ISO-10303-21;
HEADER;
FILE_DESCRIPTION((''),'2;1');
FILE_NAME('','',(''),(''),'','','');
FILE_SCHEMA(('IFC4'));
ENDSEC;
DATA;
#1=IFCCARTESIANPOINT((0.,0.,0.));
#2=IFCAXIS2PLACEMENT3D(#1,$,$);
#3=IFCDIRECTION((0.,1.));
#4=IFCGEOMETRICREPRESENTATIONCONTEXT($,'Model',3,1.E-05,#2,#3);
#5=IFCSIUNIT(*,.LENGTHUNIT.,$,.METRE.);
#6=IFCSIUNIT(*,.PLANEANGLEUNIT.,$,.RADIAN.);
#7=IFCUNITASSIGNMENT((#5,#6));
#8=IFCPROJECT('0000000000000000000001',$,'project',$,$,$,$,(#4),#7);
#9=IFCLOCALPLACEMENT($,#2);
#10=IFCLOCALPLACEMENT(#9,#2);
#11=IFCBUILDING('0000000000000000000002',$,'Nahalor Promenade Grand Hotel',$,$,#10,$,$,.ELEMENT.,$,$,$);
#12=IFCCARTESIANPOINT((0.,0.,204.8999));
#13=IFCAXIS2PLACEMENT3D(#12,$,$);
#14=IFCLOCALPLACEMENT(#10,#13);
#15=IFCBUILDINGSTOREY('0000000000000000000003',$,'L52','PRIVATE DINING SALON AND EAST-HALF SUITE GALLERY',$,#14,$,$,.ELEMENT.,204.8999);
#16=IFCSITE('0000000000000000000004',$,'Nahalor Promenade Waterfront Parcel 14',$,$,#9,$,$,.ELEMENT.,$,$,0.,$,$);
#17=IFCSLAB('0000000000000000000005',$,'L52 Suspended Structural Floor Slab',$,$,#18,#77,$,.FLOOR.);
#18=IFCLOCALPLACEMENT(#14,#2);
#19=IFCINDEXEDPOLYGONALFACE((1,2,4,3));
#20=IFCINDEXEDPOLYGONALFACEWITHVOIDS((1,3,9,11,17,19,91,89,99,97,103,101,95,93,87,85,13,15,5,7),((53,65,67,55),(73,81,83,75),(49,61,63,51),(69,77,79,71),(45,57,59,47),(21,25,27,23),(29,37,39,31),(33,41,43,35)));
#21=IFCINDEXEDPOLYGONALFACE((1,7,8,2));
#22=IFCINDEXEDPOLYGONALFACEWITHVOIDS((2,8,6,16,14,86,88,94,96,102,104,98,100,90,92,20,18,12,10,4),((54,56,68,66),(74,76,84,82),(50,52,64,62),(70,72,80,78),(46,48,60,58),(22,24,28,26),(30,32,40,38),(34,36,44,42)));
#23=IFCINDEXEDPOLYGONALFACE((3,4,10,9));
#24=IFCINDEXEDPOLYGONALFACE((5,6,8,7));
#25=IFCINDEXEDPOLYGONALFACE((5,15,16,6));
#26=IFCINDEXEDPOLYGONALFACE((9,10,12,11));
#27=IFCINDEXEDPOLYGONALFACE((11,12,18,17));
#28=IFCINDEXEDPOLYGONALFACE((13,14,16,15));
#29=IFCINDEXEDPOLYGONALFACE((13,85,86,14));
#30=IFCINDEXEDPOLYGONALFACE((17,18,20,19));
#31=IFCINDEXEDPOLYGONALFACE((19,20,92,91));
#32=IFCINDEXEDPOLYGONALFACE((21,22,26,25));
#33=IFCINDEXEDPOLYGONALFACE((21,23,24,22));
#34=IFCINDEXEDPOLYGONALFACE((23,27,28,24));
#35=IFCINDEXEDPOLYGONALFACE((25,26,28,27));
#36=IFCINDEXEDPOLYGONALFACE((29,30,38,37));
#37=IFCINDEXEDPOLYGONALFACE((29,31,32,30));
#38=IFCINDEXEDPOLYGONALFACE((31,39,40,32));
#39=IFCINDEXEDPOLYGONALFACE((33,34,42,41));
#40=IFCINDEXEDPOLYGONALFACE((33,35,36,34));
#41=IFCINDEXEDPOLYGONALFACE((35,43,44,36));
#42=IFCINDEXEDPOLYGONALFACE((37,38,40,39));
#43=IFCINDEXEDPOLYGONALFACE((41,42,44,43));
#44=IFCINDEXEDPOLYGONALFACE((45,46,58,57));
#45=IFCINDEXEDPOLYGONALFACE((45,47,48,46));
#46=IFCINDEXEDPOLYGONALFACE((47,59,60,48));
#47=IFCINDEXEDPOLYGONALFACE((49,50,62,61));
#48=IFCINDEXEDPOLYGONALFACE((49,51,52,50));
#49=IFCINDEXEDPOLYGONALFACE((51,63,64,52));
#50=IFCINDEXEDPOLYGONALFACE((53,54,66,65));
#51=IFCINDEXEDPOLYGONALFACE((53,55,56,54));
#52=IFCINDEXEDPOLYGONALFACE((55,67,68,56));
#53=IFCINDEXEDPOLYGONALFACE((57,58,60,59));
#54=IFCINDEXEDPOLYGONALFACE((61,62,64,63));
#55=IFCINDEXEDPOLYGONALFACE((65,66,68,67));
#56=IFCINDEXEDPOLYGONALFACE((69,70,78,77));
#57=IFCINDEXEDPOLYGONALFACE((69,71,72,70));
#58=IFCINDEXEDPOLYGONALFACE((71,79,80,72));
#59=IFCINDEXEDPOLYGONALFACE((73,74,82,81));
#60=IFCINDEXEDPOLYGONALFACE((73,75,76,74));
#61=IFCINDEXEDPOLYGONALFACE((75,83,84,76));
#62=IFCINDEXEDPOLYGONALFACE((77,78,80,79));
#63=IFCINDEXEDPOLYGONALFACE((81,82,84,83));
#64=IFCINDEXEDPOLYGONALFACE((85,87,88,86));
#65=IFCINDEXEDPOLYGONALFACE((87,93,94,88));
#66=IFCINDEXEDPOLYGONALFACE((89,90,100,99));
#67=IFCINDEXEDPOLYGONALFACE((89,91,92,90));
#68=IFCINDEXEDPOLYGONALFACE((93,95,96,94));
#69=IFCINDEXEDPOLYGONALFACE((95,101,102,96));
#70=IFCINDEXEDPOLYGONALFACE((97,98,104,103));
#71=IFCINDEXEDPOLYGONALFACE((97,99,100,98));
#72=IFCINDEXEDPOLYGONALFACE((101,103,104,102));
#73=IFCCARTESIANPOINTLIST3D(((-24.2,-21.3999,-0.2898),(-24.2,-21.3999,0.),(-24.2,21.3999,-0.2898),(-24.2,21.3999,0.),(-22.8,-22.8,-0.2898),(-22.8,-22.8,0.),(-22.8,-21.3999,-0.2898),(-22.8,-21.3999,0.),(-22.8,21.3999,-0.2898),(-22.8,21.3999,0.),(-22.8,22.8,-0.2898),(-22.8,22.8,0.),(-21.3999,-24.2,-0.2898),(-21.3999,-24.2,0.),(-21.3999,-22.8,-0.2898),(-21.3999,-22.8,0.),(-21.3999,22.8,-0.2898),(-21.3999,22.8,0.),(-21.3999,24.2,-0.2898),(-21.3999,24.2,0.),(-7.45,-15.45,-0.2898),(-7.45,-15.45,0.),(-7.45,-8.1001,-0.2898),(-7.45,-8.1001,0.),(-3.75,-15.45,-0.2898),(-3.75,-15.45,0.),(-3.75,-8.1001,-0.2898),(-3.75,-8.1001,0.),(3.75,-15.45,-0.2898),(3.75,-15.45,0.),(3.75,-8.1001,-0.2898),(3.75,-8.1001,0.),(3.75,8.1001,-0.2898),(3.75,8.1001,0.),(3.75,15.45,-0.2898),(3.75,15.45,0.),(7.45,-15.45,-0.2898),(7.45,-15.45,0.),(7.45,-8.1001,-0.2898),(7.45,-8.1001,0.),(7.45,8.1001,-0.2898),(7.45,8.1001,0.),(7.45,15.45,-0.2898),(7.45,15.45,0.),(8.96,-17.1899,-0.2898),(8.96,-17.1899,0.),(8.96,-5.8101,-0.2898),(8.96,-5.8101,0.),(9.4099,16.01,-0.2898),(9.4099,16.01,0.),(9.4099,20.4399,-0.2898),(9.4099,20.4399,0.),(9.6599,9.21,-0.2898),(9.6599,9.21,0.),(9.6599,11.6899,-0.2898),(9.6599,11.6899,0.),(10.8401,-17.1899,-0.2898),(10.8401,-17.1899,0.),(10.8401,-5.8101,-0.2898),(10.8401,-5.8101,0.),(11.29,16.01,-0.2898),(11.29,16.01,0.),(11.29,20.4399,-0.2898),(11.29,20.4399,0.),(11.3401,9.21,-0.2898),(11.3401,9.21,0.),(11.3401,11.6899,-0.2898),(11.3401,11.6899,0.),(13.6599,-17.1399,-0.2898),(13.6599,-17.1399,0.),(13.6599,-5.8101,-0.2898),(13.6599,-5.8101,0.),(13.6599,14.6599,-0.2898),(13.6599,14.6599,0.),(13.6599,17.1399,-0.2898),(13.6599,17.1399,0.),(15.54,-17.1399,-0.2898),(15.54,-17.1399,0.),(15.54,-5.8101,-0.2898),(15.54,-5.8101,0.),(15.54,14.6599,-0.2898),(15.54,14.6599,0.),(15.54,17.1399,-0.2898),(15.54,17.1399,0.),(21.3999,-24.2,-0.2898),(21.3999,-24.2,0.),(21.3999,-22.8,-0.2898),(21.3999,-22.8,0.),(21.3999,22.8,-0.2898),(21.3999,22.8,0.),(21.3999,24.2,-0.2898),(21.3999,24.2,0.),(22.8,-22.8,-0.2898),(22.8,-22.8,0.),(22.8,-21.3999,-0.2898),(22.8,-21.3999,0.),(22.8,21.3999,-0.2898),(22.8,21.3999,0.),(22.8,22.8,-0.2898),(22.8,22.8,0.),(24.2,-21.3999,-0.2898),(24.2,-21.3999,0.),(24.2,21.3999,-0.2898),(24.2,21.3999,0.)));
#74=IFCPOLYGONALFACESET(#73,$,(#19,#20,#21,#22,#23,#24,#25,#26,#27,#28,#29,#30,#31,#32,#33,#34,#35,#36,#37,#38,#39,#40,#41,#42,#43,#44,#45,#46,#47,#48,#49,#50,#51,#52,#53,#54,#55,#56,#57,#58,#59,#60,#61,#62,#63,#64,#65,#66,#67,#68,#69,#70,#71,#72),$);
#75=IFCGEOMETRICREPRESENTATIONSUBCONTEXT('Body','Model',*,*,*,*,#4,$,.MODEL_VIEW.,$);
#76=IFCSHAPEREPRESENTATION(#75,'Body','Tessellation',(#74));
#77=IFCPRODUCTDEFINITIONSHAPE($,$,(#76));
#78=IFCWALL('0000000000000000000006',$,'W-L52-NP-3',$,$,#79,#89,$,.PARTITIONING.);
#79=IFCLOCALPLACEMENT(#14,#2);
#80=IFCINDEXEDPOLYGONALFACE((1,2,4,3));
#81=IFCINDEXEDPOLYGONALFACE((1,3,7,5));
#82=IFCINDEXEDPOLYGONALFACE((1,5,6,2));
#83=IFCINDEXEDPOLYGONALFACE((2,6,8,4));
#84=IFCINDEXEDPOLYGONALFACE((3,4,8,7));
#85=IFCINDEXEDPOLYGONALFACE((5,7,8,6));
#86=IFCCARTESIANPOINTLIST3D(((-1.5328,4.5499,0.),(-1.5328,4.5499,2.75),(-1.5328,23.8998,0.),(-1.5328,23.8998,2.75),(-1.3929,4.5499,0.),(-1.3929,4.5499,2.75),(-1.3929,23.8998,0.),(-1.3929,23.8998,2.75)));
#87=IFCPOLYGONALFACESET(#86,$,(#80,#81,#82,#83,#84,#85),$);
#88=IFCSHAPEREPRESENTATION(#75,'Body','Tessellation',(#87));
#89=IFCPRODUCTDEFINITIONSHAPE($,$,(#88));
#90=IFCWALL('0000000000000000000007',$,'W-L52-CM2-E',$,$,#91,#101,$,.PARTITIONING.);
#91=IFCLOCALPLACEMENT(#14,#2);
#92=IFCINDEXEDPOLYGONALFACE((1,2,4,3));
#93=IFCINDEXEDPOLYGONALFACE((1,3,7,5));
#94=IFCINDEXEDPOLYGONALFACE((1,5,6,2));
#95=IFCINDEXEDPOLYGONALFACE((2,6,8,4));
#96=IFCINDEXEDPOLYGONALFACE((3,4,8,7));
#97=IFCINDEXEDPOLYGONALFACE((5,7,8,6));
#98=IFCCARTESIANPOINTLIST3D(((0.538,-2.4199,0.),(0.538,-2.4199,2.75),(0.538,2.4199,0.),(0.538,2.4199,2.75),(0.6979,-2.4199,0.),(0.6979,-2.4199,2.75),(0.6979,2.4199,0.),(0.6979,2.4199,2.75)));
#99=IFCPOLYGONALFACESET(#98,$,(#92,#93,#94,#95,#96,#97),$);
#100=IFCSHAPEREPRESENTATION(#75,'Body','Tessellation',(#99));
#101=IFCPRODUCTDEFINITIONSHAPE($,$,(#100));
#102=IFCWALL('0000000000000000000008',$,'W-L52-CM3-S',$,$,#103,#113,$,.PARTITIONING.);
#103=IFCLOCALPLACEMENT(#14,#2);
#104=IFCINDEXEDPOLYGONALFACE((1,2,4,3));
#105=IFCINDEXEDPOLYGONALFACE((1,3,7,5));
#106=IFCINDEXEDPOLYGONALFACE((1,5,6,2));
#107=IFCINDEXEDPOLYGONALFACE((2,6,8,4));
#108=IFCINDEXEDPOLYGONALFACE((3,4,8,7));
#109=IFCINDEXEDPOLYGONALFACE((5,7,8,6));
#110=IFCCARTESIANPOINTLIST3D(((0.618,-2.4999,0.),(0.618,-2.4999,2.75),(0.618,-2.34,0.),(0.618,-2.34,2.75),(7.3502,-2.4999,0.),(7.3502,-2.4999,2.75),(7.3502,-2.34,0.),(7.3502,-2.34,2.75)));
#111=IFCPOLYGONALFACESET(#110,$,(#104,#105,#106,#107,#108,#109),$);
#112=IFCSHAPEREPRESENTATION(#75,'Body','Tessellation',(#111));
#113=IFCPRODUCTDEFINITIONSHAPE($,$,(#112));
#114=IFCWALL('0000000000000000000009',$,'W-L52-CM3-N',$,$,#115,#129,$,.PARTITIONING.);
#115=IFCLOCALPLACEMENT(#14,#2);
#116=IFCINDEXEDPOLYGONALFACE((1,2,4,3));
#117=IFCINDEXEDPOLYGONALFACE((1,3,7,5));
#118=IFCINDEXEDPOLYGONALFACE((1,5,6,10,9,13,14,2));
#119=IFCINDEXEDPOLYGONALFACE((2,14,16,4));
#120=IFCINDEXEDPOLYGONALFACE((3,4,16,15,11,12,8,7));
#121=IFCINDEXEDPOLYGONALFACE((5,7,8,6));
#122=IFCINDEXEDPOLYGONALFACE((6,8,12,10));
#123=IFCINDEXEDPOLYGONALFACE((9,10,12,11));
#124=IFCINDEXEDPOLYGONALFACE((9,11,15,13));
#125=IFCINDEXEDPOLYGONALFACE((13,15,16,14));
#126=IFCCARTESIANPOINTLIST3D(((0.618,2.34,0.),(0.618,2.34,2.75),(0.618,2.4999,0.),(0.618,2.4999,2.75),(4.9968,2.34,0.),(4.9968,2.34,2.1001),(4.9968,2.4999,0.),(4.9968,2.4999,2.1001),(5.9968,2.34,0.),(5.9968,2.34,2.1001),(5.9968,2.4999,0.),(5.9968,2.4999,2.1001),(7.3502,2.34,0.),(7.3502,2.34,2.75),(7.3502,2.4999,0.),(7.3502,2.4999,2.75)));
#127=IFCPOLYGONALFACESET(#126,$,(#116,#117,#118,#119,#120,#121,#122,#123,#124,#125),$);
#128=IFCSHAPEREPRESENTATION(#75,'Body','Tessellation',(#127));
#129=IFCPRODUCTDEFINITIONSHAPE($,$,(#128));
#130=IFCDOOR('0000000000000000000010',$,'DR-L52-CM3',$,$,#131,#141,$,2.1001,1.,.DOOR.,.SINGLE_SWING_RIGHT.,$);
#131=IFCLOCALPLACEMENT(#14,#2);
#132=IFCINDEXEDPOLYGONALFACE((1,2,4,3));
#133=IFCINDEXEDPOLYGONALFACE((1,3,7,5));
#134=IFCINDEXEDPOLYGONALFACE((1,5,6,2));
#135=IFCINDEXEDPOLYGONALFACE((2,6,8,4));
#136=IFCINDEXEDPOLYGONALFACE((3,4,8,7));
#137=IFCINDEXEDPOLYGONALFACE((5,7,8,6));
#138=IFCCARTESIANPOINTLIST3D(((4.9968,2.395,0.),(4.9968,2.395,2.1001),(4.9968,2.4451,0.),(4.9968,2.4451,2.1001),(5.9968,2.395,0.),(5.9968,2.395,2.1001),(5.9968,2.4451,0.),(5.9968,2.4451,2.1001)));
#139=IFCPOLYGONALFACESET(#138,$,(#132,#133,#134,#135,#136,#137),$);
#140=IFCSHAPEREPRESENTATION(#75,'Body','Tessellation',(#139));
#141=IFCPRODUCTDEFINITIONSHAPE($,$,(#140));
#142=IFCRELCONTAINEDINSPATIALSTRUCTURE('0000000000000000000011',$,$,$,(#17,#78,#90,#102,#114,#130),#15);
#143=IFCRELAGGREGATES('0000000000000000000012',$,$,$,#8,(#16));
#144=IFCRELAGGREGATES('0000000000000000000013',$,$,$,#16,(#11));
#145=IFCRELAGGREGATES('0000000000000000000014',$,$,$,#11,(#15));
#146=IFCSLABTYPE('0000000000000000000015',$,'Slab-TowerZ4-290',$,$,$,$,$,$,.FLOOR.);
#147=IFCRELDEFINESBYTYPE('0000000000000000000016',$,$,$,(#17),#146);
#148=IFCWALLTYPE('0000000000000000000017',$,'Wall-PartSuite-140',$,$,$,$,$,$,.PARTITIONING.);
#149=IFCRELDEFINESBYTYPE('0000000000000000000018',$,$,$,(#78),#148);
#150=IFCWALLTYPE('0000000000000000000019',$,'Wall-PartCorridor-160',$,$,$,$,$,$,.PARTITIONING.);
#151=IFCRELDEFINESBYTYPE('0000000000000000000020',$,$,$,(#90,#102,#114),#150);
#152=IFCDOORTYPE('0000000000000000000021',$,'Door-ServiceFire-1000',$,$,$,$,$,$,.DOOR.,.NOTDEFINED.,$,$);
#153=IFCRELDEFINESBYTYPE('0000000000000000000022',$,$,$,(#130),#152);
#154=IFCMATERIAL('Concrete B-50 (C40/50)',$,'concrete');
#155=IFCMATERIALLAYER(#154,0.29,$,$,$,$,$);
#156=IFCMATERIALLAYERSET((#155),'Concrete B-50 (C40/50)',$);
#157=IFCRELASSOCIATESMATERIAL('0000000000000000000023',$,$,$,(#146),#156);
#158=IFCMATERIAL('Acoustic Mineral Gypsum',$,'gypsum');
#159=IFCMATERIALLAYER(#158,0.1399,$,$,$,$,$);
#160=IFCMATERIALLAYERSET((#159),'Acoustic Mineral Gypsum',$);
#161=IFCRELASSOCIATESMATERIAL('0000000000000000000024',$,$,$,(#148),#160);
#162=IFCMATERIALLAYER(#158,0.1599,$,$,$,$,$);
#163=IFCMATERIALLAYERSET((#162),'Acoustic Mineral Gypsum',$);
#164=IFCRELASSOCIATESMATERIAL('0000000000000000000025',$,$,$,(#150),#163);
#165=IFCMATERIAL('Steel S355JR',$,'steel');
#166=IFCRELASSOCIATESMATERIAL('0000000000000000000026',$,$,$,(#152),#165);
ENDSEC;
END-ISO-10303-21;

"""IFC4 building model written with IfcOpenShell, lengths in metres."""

from ifc_helpers import new_model, si_unit, direction, frame, frame_2d, origin, place, context, subcontext, project, spatial, polyline, rectangle, outline, extrude, source, transform, mapped, material, layer, layer_set, type_object, element, fill, save


model = new_model("IFC4")

# Units and contexts
model_context = context("Model", 3, precision=1e-05, world=origin(), true_north=direction((0.0, 1.0)))
body_context = subcontext(model_context, "Body", "Model", "MODEL_VIEW")
ifc_project = project(units=[si_unit("LENGTHUNIT", "METRE"), si_unit("PLANEANGLEUNIT", "RADIAN")], contexts=[model_context])

# Site, building, storey
site_placement = place(None, origin())
site = spatial("IfcSite", under=ifc_project, at=site_placement, Name="Nahalor Promenade Waterfront Parcel 14", CompositionType="ELEMENT", RefElevation=0.0)
building_placement = place(site_placement, origin())
building = spatial("IfcBuilding", under=site, at=building_placement, Name="Nahalor Promenade Grand Hotel", CompositionType="ELEMENT")
storey_placement = place(building_placement, frame((0.0, 0.0, 204.8999)))
storey = spatial("IfcBuildingStorey", under=building, at=storey_placement, Name="L52", Description="PRIVATE DINING SALON AND EAST-HALF SUITE GALLERY", CompositionType="ELEMENT", Elevation=204.8999)

# Shared definitions
ifc_material_1 = material(Name="Steel S355JR", Category="steel")

# Shared definitions
ifc_material_2 = material(Name="Concrete B-50 (C40/50)", Category="concrete")

# Slab
ifc_layer_1 = layer(ifc_material_2, 0.29)
ifc_layer_set_1 = layer_set([ifc_layer_1], Name="Concrete B-50 (C40/50)")
slab_type_1 = type_object("IfcSlabType", Name="Slab-TowerZ4-290", PredefinedType="FLOOR", material=ifc_layer_set_1)
slab_1_placement = place(storey_placement, frame((0.0, 0.0, -0.2898)))
element("IfcSlab", 1, at=slab_1_placement, inside=storey, type_object=slab_type_1, Name="L52 Suspended Structural Floor Slab", PredefinedType="FLOOR", context=body_context, shape_type="SweptSolid", body=[
    extrude(outline(polyline([(-21.3999, -24.2), (21.3999, -24.2), (21.3999, -22.8), (22.8, -22.8), (22.8, -21.3999), (24.2, -21.3999), (24.2, 21.3999), (22.8, 21.3999), (22.8, 22.8), (21.3999, 22.8), (21.3999, 24.2), (-21.3999, 24.2), (-21.3999, 22.8), (-22.8, 22.8), (-22.8, 21.3999), (-24.2, 21.3999), (-24.2, -21.3999), (-22.8, -21.3999), (-22.8, -22.8), (-21.3999, -22.8), (-21.3999, -24.2)]), holes=[polyline([(3.75, 8.1001), (7.45, 8.1001), (7.45, 15.45), (3.75, 15.45), (3.75, 8.1001)]), polyline([(3.75, -15.45), (7.45, -15.45), (7.45, -8.1001), (3.75, -8.1001), (3.75, -15.45)]), polyline([(-7.45, -15.45), (-3.75, -15.45), (-3.75, -8.1001), (-7.45, -8.1001), (-7.45, -15.45)]), polyline([(13.6599, -17.1399), (15.54, -17.1399), (15.54, -5.8101), (13.6599, -5.8101), (13.6599, -17.1399)]), polyline([(8.96, -17.1899), (10.8401, -17.1899), (10.8401, -5.8101), (8.96, -5.8101), (8.96, -17.1899)]), polyline([(9.4099, 16.01), (11.29, 16.01), (11.29, 20.4399), (9.4099, 20.4399), (9.4099, 16.01)]), polyline([(9.6599, 9.21), (11.3401, 9.21), (11.3401, 11.6899), (9.6599, 11.6899), (9.6599, 9.21)]), polyline([(13.6599, 14.6599), (15.54, 14.6599), (15.54, 17.1399), (13.6599, 17.1399), (13.6599, 14.6599)])]), origin(), (0.0, 0.0, 1.0), 0.2898),
])

# Walls
ifc_material_3 = material(Name="Acoustic Mineral Gypsum", Category="gypsum")
ifc_layer_2 = layer(ifc_material_3, 0.1399)
ifc_layer_set_2 = layer_set([ifc_layer_2], Name="Acoustic Mineral Gypsum")
wall_type_1 = type_object("IfcWallType", Name="Wall-PartSuite-140", PredefinedType="PARTITIONING", material=ifc_layer_set_2)
shared_shape_1 = source(origin(), body_context, "Body", "SweptSolid", [
    extrude(rectangle(XDim=19.3499, YDim=0.1399, at=frame_2d((9.6748, 0.0))), origin(), (0.0, 0.0, 1.0), 2.75),
])
wall_1_placement = place(storey_placement, frame((-1.4629, 4.55, 0.0), z_axis=(0.0, 0.0, 1.0), x_axis=(0.0, 1.0, 0.0)))
element("IfcWall", 2, at=wall_1_placement, inside=storey, type_object=wall_type_1, Name="W-L52-NP-3", PredefinedType="PARTITIONING", context=body_context, shape_type="MappedRepresentation", body=[
    mapped(shared_shape_1, transform((0.0, 0.0, 0.0), scale=1.0)),
])
ifc_layer_3 = layer(ifc_material_3, 0.1599)
ifc_layer_set_3 = layer_set([ifc_layer_3], Name="Acoustic Mineral Gypsum")
wall_type_2 = type_object("IfcWallType", Name="Wall-PartCorridor-160", PredefinedType="PARTITIONING", material=ifc_layer_set_3)
shared_shape_2 = source(origin(), body_context, "Body", "SweptSolid", [
    extrude(rectangle(XDim=4.8398, YDim=0.1599, at=frame_2d((2.4199, 0.0))), origin(), (0.0, 0.0, 1.0), 2.75),
])
wall_2_placement = place(storey_placement, frame((0.6179, -2.4199, 0.0), z_axis=(0.0, 0.0, 1.0), x_axis=(0.0, 1.0, 0.0)))
element("IfcWall", 3, at=wall_2_placement, inside=storey, type_object=wall_type_2, Name="W-L52-CM2-E", PredefinedType="PARTITIONING", context=body_context, shape_type="MappedRepresentation", body=[
    mapped(shared_shape_2, transform((0.0, 0.0, 0.0), scale=1.0)),
])
shared_shape_3 = source(origin(), body_context, "Body", "SweptSolid", [
    extrude(rectangle(XDim=6.7322, YDim=0.1599, at=frame_2d((3.3662, 0.0))), origin(), (0.0, 0.0, 1.0), 2.75),
])
wall_3_placement = place(storey_placement, frame((0.6179, -2.4199, 0.0), z_axis=(0.0, 0.0, 1.0), x_axis=(1.0, 0.0, 0.0)))
element("IfcWall", 4, at=wall_3_placement, inside=storey, type_object=wall_type_2, Name="W-L52-CM3-S", PredefinedType="PARTITIONING", context=body_context, shape_type="MappedRepresentation", body=[
    mapped(shared_shape_3, transform((0.0, 0.0, 0.0), scale=1.0)),
])

# Wall, opening, door
wall_4_placement = place(storey_placement, frame((0.6179, 2.4199, 0.0), z_axis=(0.0, 0.0, 1.0), x_axis=(1.0, 0.0, 0.0)))
wall_4 = element("IfcWall", 5, at=wall_4_placement, inside=storey, type_object=wall_type_2, Name="W-L52-CM3-N", PredefinedType="PARTITIONING", context=body_context, shape_type="MappedRepresentation", body=[
    mapped(shared_shape_3, transform((0.0, 0.0, 0.0), scale=1.0)),
])
opening_placement = place(wall_4_placement, frame((4.3789, 0.0, 0.0)))
opening = element("IfcOpeningElement", 6, at=opening_placement, cuts=wall_4, PredefinedType="OPENING", context=body_context, shape_type="SweptSolid", body=[
    extrude(rectangle(XDim=1.0, YDim=2.1001, at=frame_2d((0.5, 1.05))), frame((0.0, 0.0898, 0.0), z_axis=(0.0, -1.0, 0.0), x_axis=(1.0, 0.0, 0.0)), (0.0, 0.0, 1.0), 0.1799),
])
door_type = type_object("IfcDoorType", Name="Door-ServiceFire-1000", OperationType="NOTDEFINED", PredefinedType="DOOR", material=ifc_material_1)
shared_shape_4 = source(origin(), body_context, "Body", "SweptSolid", [
    extrude(rectangle(XDim=1.0, YDim=2.1001, at=frame_2d((0.5, 1.05))), frame((0.0, 0.0249, 0.0), z_axis=(0.0, -1.0, 0.0), x_axis=(1.0, 0.0, 0.0)), (0.0, 0.0, 1.0), 0.05),
])
door_placement = place(opening_placement, frame((1.0, 0.0, 0.0), z_axis=(0.0, 0.0, 1.0), x_axis=(-1.0, 0.0, 0.0)))
door = element("IfcDoor", 7, at=door_placement, inside=storey, type_object=door_type, Name="DR-L52-CM3", OperationType="SINGLE_SWING_RIGHT", OverallHeight=2.1001, OverallWidth=1.0, PredefinedType="DOOR", context=body_context, shape_type="MappedRepresentation", body=[
    mapped(shared_shape_4, transform((0.0, 0.0, 0.0), scale=1.0)),
])
fill(opening, door)

save(model, "model.ifc")
